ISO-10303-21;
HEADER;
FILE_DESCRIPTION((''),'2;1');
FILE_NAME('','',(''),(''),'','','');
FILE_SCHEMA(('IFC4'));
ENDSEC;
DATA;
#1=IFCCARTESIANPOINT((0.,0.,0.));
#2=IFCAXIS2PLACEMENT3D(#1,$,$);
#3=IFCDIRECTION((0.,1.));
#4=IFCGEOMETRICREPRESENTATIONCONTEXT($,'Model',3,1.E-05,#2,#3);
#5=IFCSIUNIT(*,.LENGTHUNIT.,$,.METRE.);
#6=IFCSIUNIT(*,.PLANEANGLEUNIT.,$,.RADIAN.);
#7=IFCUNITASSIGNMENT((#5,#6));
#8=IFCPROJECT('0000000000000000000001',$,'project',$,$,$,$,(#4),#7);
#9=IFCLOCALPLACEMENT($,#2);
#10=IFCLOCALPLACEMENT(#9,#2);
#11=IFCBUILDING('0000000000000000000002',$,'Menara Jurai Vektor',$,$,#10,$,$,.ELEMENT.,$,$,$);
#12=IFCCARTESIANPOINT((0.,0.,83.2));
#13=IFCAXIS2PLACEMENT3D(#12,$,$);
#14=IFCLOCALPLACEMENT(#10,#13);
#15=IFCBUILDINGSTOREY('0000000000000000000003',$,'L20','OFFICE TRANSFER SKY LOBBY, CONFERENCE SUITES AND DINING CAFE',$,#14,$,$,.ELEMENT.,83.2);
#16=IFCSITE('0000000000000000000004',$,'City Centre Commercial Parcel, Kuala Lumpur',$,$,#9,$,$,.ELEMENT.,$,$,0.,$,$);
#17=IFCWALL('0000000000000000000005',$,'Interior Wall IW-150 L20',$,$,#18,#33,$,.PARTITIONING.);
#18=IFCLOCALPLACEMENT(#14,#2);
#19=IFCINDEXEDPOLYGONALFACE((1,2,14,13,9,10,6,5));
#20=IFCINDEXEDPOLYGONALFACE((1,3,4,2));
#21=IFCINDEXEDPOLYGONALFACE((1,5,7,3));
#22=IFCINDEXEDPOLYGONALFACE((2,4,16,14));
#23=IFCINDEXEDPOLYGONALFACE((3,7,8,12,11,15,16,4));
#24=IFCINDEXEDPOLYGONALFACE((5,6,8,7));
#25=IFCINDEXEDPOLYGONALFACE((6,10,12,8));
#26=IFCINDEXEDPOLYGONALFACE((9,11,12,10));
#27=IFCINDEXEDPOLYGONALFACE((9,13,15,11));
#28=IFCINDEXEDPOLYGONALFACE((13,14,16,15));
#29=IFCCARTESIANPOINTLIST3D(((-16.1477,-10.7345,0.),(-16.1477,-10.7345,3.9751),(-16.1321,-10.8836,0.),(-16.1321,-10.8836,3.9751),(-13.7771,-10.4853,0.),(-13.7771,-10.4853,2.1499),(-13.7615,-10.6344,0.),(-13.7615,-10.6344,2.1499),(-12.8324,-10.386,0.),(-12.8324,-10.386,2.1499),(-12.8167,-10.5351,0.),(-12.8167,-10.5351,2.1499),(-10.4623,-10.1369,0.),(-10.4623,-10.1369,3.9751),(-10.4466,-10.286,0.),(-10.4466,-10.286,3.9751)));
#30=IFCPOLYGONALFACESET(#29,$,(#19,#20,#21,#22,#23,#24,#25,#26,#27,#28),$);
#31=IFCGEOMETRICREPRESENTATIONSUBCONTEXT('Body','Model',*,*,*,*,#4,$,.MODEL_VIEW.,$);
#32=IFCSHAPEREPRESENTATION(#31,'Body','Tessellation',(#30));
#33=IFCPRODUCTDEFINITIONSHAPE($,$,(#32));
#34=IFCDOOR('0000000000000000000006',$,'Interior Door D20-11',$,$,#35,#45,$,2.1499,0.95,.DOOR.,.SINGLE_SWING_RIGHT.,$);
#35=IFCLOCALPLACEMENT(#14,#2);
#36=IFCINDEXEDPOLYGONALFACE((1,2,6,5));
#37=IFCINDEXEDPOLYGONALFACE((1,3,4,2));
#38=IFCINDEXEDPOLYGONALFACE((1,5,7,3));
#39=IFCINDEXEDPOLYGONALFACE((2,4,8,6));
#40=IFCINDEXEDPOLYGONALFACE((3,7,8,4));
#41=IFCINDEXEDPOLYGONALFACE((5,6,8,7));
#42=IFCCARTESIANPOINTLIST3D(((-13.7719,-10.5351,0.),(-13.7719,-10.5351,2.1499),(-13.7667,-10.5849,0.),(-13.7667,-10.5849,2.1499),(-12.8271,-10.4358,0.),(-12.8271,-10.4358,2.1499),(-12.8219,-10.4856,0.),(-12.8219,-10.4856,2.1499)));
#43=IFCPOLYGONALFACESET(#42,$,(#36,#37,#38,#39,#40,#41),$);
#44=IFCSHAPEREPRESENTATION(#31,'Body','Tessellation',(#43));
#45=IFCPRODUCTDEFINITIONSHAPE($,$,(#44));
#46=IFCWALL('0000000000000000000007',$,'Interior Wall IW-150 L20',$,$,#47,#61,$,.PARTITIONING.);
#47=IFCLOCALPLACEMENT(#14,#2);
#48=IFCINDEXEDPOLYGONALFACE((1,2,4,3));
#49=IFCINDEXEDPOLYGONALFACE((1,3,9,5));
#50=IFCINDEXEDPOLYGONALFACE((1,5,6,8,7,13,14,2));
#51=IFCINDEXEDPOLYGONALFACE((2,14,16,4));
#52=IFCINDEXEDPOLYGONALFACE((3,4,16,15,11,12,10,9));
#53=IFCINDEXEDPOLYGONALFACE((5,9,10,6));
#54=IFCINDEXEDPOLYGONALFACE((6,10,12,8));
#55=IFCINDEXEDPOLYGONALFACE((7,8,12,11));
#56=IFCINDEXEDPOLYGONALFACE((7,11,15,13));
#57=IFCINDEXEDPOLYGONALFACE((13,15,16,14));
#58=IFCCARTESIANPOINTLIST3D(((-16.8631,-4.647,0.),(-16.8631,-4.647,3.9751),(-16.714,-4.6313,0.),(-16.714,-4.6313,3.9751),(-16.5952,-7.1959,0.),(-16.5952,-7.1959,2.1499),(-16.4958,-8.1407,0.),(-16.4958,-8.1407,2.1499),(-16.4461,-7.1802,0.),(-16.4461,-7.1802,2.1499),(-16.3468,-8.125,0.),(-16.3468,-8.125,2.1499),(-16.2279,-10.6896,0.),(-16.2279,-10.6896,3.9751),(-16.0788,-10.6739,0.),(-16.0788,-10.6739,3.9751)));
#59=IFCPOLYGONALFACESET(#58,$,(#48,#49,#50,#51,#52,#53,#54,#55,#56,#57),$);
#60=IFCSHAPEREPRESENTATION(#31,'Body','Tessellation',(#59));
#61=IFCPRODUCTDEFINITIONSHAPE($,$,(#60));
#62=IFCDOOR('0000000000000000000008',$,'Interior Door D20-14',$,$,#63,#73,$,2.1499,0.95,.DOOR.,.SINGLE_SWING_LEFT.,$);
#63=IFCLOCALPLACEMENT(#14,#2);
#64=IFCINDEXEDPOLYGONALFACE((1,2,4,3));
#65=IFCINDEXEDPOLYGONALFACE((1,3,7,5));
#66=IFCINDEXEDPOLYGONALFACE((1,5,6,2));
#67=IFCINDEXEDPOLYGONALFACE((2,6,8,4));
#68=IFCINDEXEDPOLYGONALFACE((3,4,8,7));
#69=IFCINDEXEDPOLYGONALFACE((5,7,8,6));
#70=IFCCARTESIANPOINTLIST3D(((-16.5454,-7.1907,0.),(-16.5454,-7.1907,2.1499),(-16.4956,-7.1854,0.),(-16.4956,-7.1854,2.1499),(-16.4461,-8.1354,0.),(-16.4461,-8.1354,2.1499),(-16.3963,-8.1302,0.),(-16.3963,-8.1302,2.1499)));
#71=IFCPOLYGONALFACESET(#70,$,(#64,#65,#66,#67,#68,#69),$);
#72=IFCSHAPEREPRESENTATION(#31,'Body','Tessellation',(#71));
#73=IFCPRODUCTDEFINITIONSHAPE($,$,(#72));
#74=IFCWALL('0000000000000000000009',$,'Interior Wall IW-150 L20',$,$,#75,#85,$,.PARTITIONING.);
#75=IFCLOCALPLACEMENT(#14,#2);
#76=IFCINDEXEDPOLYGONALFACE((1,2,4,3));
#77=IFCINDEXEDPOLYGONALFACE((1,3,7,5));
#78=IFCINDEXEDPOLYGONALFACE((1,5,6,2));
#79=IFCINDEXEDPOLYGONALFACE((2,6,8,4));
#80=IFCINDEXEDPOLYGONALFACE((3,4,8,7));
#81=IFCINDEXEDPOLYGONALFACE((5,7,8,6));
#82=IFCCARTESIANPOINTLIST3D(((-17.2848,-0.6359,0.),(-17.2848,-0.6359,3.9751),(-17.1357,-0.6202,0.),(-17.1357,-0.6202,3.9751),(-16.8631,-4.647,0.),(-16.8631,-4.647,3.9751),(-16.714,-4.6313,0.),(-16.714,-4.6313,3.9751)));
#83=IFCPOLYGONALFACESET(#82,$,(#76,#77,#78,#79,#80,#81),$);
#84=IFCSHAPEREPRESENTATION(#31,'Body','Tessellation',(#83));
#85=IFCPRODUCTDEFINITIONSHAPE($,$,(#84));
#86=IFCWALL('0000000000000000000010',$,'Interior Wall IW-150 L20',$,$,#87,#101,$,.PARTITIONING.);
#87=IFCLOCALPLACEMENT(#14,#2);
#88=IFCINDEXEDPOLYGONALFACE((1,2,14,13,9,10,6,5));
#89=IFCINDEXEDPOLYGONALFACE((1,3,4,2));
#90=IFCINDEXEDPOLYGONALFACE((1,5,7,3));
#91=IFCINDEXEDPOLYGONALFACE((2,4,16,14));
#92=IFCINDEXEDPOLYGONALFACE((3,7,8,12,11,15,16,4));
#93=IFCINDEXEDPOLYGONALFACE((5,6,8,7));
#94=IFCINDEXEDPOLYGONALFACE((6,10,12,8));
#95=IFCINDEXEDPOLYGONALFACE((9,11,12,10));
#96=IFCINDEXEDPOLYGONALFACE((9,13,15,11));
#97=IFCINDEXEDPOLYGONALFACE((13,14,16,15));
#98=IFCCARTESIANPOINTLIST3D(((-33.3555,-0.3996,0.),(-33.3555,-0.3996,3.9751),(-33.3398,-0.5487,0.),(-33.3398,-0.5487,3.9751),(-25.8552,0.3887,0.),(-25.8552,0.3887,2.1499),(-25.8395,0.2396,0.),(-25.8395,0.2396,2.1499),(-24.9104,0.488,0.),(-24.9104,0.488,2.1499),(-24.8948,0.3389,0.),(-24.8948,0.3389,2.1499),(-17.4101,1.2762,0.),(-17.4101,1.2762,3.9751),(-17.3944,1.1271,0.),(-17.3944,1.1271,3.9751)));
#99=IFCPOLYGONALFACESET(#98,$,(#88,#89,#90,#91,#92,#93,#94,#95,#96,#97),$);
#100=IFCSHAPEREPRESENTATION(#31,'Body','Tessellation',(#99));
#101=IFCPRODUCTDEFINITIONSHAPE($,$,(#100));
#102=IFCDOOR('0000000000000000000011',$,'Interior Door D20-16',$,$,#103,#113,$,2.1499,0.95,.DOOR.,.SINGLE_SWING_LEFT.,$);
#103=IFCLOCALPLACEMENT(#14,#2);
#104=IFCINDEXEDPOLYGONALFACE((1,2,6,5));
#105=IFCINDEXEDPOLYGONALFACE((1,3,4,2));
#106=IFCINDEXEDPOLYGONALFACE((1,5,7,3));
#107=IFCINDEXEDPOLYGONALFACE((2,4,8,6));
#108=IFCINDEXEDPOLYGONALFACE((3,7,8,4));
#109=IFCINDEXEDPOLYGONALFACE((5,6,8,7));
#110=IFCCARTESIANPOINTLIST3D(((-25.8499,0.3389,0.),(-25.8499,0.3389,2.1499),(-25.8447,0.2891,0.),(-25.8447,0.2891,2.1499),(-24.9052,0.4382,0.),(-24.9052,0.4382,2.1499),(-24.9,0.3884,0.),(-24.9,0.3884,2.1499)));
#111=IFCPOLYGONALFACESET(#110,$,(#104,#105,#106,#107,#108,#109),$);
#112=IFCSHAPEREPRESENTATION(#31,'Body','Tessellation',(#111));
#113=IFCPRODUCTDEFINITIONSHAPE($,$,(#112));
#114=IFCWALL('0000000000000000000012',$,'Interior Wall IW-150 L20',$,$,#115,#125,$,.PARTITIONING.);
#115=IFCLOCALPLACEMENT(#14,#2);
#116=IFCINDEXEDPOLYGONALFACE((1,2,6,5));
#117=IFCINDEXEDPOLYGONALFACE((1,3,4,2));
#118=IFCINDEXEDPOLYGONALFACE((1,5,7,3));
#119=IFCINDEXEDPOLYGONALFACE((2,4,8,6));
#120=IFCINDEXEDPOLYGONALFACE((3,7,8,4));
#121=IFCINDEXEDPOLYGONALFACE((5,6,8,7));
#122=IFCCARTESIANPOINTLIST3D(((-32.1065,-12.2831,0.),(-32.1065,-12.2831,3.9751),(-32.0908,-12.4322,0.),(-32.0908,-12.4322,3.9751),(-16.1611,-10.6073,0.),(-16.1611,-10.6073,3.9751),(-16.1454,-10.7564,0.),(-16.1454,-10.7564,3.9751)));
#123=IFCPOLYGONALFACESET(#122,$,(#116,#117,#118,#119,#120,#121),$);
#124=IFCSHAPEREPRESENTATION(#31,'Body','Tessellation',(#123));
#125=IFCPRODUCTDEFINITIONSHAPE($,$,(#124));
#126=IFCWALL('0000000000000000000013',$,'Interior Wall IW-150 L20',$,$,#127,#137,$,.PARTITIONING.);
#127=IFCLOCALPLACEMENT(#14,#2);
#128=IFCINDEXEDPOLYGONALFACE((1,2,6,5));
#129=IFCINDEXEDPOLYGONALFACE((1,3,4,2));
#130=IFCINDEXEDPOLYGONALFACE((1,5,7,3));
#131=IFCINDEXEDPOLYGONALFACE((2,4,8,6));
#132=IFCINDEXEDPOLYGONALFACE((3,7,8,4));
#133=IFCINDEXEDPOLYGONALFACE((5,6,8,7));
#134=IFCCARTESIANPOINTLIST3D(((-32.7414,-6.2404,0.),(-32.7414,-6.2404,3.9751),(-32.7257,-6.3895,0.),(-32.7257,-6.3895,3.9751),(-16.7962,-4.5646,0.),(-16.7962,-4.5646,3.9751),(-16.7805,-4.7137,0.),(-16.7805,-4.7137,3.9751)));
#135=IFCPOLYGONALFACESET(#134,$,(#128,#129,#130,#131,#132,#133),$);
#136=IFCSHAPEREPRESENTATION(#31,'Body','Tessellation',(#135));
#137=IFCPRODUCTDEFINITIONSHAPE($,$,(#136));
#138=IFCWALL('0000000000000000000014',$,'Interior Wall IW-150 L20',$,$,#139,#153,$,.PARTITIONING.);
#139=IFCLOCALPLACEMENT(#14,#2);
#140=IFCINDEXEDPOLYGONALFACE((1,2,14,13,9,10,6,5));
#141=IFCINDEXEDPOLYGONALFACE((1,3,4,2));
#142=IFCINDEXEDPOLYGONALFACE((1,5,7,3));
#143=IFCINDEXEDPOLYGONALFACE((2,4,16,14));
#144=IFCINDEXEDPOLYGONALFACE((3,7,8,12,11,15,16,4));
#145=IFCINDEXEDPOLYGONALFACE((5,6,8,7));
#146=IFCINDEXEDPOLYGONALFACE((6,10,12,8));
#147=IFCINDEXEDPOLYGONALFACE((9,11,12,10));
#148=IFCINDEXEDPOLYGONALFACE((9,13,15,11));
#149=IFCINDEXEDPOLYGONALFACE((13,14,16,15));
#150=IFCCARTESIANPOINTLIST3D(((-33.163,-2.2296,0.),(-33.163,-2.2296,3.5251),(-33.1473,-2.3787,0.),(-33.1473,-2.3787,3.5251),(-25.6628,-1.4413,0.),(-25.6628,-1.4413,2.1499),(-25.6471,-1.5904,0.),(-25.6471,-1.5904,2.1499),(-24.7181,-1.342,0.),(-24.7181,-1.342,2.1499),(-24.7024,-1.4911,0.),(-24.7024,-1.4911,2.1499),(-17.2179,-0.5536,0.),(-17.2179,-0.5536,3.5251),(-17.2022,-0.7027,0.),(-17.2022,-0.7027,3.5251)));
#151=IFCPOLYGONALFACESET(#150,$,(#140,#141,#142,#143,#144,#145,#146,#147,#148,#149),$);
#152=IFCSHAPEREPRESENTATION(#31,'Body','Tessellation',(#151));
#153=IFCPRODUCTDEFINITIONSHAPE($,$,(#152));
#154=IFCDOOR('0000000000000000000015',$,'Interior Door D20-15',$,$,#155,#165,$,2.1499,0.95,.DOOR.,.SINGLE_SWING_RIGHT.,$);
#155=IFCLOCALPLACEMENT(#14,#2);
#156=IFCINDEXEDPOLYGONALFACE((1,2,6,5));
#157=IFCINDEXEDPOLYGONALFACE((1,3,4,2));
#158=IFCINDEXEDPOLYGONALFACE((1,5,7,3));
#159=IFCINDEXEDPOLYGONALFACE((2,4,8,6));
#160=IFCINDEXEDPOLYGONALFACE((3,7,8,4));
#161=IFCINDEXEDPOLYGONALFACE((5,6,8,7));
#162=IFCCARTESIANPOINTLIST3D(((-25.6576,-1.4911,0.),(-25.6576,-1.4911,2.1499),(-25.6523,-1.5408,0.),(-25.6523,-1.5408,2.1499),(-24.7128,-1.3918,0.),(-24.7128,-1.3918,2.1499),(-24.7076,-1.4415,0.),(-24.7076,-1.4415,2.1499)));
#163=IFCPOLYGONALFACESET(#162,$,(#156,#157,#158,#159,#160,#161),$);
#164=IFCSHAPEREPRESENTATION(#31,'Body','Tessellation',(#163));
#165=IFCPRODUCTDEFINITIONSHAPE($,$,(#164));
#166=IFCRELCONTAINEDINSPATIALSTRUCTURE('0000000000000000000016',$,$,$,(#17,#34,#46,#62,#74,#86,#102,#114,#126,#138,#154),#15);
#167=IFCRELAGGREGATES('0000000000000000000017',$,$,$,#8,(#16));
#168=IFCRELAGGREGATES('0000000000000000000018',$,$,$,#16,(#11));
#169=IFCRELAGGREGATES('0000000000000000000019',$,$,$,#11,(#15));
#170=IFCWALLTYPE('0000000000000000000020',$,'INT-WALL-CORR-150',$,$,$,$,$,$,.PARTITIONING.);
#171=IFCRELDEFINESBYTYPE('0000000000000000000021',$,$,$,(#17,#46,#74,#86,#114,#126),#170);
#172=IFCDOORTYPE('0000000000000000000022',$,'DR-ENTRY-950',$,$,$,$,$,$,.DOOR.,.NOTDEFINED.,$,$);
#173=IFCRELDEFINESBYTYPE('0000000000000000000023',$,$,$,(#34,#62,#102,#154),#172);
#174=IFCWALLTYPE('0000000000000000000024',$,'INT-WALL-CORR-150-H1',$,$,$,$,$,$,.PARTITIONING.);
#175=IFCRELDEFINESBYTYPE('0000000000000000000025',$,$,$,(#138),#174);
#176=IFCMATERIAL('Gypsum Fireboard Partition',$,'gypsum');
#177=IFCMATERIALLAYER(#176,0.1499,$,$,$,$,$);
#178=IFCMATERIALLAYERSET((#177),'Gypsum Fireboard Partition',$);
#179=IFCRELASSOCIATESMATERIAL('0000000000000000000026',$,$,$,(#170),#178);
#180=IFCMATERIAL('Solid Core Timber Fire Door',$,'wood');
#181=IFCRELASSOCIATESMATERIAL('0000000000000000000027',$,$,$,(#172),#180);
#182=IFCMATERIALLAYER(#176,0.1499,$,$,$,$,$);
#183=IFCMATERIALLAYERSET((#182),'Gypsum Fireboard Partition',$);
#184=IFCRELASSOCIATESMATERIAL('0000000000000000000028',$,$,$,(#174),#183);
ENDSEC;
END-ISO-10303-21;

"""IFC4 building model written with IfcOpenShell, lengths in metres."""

from ifc_helpers import new_model, si_unit, direction, frame, frame_2d, origin, place, context, subcontext, project, spatial, rectangle, extrude, material, layer, layer_set, type_object, element, fill, save


model = new_model("IFC4")

# Units and contexts
model_context = context("Model", 3, precision=1e-05, world=origin(), true_north=direction((0.0, 1.0)))
body_context = subcontext(model_context, "Body", "Model", "MODEL_VIEW")
ifc_project = project(units=[si_unit("LENGTHUNIT", "METRE"), si_unit("PLANEANGLEUNIT", "RADIAN")], contexts=[model_context])

# Site, building, storey
site_placement = place(None, origin())
site = spatial("IfcSite", under=ifc_project, at=site_placement, Name="City Centre Commercial Parcel, Kuala Lumpur", CompositionType="ELEMENT", RefElevation=0.0)
building_placement = place(site_placement, origin())
building = spatial("IfcBuilding", under=site, at=building_placement, Name="Menara Jurai Vektor", CompositionType="ELEMENT")
storey_placement = place(building_placement, frame((0.0, 0.0, 83.2)))
storey = spatial("IfcBuildingStorey", under=building, at=storey_placement, Name="L20", Description="OFFICE TRANSFER SKY LOBBY, CONFERENCE SUITES AND DINING CAFE", CompositionType="ELEMENT", Elevation=83.2)

# Walls, openings, doors
ifc_material_1 = material(Name="Gypsum Fireboard Partition", Category="gypsum")
ifc_layer_1 = layer(ifc_material_1, 0.1499)
ifc_layer_set_1 = layer_set([ifc_layer_1], Name="Gypsum Fireboard Partition")
wall_type_1 = type_object("IfcWallType", Name="INT-WALL-CORR-150", PredefinedType="PARTITIONING", material=ifc_layer_set_1)
wall_1_placement = place(storey_placement, frame((-16.1399, -10.8091, 0.0), z_axis=(0.0, 0.0, 1.0), x_axis=(0.99452, 0.104543, 0.0)))
wall_1 = element("IfcWall", 1, at=wall_1_placement, inside=storey, type_object=wall_type_1, Name="Interior Wall IW-150 L20", PredefinedType="PARTITIONING", context=body_context, shape_type="SweptSolid", body=[
    extrude(rectangle(XDim=5.7168, YDim=0.1499, at=frame_2d((2.8584, 0.0))), origin(), (0.0, 0.0, 1.0), 3.9751),
])
opening_1_placement = place(wall_1_placement, frame((2.3835, 0.0, 0.0)))
opening_1 = element("IfcOpeningElement", 2, at=opening_1_placement, cuts=wall_1, PredefinedType="OPENING", context=body_context, shape_type="SweptSolid", body=[
    extrude(rectangle(XDim=0.95, YDim=2.1499, at=frame_2d((0.4751, 1.075))), frame((0.0, 0.085, 0.0), z_axis=(0.0, -1.0, 0.0), x_axis=(1.0, 0.0, 0.0)), (0.0, 0.0, 1.0), 0.1699),
])
ifc_material_2 = material(Name="Solid Core Timber Fire Door", Category="wood")
door_type = type_object("IfcDoorType", Name="DR-ENTRY-950", OperationType="NOTDEFINED", PredefinedType="DOOR", material=ifc_material_2)
door_1_placement = place(opening_1_placement, origin())
door_1 = element("IfcDoor", 3, at=door_1_placement, inside=storey, type_object=door_type, Name="Interior Door D20-11", OperationType="SINGLE_SWING_RIGHT", OverallHeight=2.1499, OverallWidth=0.95, PredefinedType="DOOR", context=body_context, shape_type="SweptSolid", body=[
    extrude(rectangle(XDim=0.95, YDim=2.1499, at=frame_2d((0.4751, 1.075))), frame((0.0, 0.0249, 0.0), z_axis=(0.0, -1.0, 0.0), x_axis=(1.0, 0.0, 0.0)), (0.0, 0.0, 1.0), 0.05),
])
fill(opening_1, door_1)
wall_2_placement = place(storey_placement, frame((-16.1533, -10.6819, 0.0), z_axis=(0.0, 0.0, 1.0), x_axis=(-0.104551, 0.99452, 0.0)))
wall_2 = element("IfcWall", 4, at=wall_2_placement, inside=storey, type_object=wall_type_1, Name="Interior Wall IW-150 L20", PredefinedType="PARTITIONING", context=body_context, shape_type="SweptSolid", body=[
    extrude(rectangle(XDim=6.0759, YDim=0.1499, at=frame_2d((3.0381, 0.0))), origin(), (0.0, 0.0, 1.0), 3.9751),
])
opening_2_placement = place(wall_2_placement, frame((2.563, 0.0, 0.0)))
opening_2 = element("IfcOpeningElement", 5, at=opening_2_placement, cuts=wall_2, PredefinedType="OPENING", context=body_context, shape_type="SweptSolid", body=[
    extrude(rectangle(XDim=0.95, YDim=2.1499, at=frame_2d((0.4751, 1.075))), frame((0.0, 0.085, 0.0), z_axis=(0.0, -1.0, 0.0), x_axis=(1.0, 0.0, 0.0)), (0.0, 0.0, 1.0), 0.1699),
])
door_2_placement = place(opening_2_placement, origin())
door_2 = element("IfcDoor", 6, at=door_2_placement, inside=storey, type_object=door_type, Name="Interior Door D20-14", OperationType="SINGLE_SWING_LEFT", OverallHeight=2.1499, OverallWidth=0.95, PredefinedType="DOOR", context=body_context, shape_type="SweptSolid", body=[
    extrude(rectangle(XDim=0.95, YDim=2.1499, at=frame_2d((0.4751, 1.075))), frame((0.0, 0.0249, 0.0), z_axis=(0.0, -1.0, 0.0), x_axis=(1.0, 0.0, 0.0)), (0.0, 0.0, 1.0), 0.05),
])
fill(opening_2, door_2)

# Wall
wall_3_placement = place(storey_placement, frame((-16.7886, -4.6392, 0.0), z_axis=(0.0, 0.0, 1.0), x_axis=(-0.104543, 0.99452, 0.0)))
element("IfcWall", 7, at=wall_3_placement, inside=storey, type_object=wall_type_1, Name="Interior Wall IW-150 L20", PredefinedType="PARTITIONING", context=body_context, shape_type="SweptSolid", body=[
    extrude(rectangle(XDim=4.0332, YDim=0.1499, at=frame_2d((2.0166, 0.0))), origin(), (0.0, 0.0, 1.0), 3.9751),
])

# Wall, opening, door
wall_4_placement = place(storey_placement, frame((-33.3477, -0.4741, 0.0), z_axis=(0.0, 0.0, 1.0), x_axis=(0.994523, 0.10452, 0.0)))
wall_4 = element("IfcWall", 8, at=wall_4_placement, inside=storey, type_object=wall_type_1, Name="Interior Wall IW-150 L20", PredefinedType="PARTITIONING", context=body_context, shape_type="SweptSolid", body=[
    extrude(rectangle(XDim=16.0332, YDim=0.1499, at=frame_2d((8.0166, 0.0))), origin(), (0.0, 0.0, 1.0), 3.9751),
])
opening_3_placement = place(wall_4_placement, frame((7.5415, 0.0, 0.0)))
opening_3 = element("IfcOpeningElement", 9, at=opening_3_placement, cuts=wall_4, PredefinedType="OPENING", context=body_context, shape_type="SweptSolid", body=[
    extrude(rectangle(XDim=0.95, YDim=2.1499, at=frame_2d((0.4751, 1.075))), frame((0.0, 0.085, 0.0), z_axis=(0.0, -1.0, 0.0), x_axis=(1.0, 0.0, 0.0)), (0.0, 0.0, 1.0), 0.1699),
])
door_3_placement = place(opening_3_placement, origin())
door_3 = element("IfcDoor", 10, at=door_3_placement, inside=storey, type_object=door_type, Name="Interior Door D20-16", OperationType="SINGLE_SWING_LEFT", OverallHeight=2.1499, OverallWidth=0.95, PredefinedType="DOOR", context=body_context, shape_type="SweptSolid", body=[
    extrude(rectangle(XDim=0.95, YDim=2.1499, at=frame_2d((0.4751, 1.075))), frame((0.0, 0.0249, 0.0), z_axis=(0.0, -1.0, 0.0), x_axis=(1.0, 0.0, 0.0)), (0.0, 0.0, 1.0), 0.05),
])
fill(opening_3, door_3)

# Walls
wall_5_placement = place(storey_placement, frame((-32.0986, -12.3577, 0.0), z_axis=(0.0, 0.0, 1.0), x_axis=(0.994523, 0.10452, 0.0)))
element("IfcWall", 11, at=wall_5_placement, inside=storey, type_object=wall_type_1, Name="Interior Wall IW-150 L20", PredefinedType="PARTITIONING", context=body_context, shape_type="SweptSolid", body=[
    extrude(rectangle(XDim=16.0332, YDim=0.1499, at=frame_2d((8.0166, 0.0))), origin(), (0.0, 0.0, 1.0), 3.9751),
])
wall_6_placement = place(storey_placement, frame((-32.7336, -6.3149, 0.0), z_axis=(0.0, 0.0, 1.0), x_axis=(0.994523, 0.104521, 0.0)))
element("IfcWall", 12, at=wall_6_placement, inside=storey, type_object=wall_type_1, Name="Interior Wall IW-150 L20", PredefinedType="PARTITIONING", context=body_context, shape_type="SweptSolid", body=[
    extrude(rectangle(XDim=16.033, YDim=0.1499, at=frame_2d((8.0166, 0.0))), origin(), (0.0, 0.0, 1.0), 3.9751),
])

# Wall, opening, door
ifc_layer_2 = layer(ifc_material_1, 0.1499)
ifc_layer_set_2 = layer_set([ifc_layer_2], Name="Gypsum Fireboard Partition")
wall_type_2 = type_object("IfcWallType", Name="INT-WALL-CORR-150-H1", PredefinedType="PARTITIONING", material=ifc_layer_set_2)
wall_7_placement = place(storey_placement, frame((-33.1553, -2.3042, 0.0), z_axis=(0.0, 0.0, 1.0), x_axis=(0.994521, 0.104537, 0.0)))
wall_7 = element("IfcWall", 13, at=wall_7_placement, inside=storey, type_object=wall_type_2, Name="Interior Wall IW-150 L20", PredefinedType="PARTITIONING", context=body_context, shape_type="SweptSolid", body=[
    extrude(rectangle(XDim=16.033, YDim=0.1499, at=frame_2d((8.0166, 0.0))), origin(), (0.0, 0.0, 1.0), 3.5251),
])
opening_4_placement = place(wall_7_placement, frame((7.5415, 0.0, 0.0)))
opening_4 = element("IfcOpeningElement", 14, at=opening_4_placement, cuts=wall_7, PredefinedType="OPENING", context=body_context, shape_type="SweptSolid", body=[
    extrude(rectangle(XDim=0.95, YDim=2.1499, at=frame_2d((0.4751, 1.075))), frame((0.0, 0.085, 0.0), z_axis=(0.0, -1.0, 0.0), x_axis=(1.0, 0.0, 0.0)), (0.0, 0.0, 1.0), 0.1699),
])
door_4_placement = place(opening_4_placement, origin())
door_4 = element("IfcDoor", 15, at=door_4_placement, inside=storey, type_object=door_type, Name="Interior Door D20-15", OperationType="SINGLE_SWING_RIGHT", OverallHeight=2.1499, OverallWidth=0.95, PredefinedType="DOOR", context=body_context, shape_type="SweptSolid", body=[
    extrude(rectangle(XDim=0.95, YDim=2.1499, at=frame_2d((0.4751, 1.075))), frame((0.0, 0.0249, 0.0), z_axis=(0.0, -1.0, 0.0), x_axis=(1.0, 0.0, 0.0)), (0.0, 0.0, 1.0), 0.05),
])
fill(opening_4, door_4)

save(model, "model.ifc")
